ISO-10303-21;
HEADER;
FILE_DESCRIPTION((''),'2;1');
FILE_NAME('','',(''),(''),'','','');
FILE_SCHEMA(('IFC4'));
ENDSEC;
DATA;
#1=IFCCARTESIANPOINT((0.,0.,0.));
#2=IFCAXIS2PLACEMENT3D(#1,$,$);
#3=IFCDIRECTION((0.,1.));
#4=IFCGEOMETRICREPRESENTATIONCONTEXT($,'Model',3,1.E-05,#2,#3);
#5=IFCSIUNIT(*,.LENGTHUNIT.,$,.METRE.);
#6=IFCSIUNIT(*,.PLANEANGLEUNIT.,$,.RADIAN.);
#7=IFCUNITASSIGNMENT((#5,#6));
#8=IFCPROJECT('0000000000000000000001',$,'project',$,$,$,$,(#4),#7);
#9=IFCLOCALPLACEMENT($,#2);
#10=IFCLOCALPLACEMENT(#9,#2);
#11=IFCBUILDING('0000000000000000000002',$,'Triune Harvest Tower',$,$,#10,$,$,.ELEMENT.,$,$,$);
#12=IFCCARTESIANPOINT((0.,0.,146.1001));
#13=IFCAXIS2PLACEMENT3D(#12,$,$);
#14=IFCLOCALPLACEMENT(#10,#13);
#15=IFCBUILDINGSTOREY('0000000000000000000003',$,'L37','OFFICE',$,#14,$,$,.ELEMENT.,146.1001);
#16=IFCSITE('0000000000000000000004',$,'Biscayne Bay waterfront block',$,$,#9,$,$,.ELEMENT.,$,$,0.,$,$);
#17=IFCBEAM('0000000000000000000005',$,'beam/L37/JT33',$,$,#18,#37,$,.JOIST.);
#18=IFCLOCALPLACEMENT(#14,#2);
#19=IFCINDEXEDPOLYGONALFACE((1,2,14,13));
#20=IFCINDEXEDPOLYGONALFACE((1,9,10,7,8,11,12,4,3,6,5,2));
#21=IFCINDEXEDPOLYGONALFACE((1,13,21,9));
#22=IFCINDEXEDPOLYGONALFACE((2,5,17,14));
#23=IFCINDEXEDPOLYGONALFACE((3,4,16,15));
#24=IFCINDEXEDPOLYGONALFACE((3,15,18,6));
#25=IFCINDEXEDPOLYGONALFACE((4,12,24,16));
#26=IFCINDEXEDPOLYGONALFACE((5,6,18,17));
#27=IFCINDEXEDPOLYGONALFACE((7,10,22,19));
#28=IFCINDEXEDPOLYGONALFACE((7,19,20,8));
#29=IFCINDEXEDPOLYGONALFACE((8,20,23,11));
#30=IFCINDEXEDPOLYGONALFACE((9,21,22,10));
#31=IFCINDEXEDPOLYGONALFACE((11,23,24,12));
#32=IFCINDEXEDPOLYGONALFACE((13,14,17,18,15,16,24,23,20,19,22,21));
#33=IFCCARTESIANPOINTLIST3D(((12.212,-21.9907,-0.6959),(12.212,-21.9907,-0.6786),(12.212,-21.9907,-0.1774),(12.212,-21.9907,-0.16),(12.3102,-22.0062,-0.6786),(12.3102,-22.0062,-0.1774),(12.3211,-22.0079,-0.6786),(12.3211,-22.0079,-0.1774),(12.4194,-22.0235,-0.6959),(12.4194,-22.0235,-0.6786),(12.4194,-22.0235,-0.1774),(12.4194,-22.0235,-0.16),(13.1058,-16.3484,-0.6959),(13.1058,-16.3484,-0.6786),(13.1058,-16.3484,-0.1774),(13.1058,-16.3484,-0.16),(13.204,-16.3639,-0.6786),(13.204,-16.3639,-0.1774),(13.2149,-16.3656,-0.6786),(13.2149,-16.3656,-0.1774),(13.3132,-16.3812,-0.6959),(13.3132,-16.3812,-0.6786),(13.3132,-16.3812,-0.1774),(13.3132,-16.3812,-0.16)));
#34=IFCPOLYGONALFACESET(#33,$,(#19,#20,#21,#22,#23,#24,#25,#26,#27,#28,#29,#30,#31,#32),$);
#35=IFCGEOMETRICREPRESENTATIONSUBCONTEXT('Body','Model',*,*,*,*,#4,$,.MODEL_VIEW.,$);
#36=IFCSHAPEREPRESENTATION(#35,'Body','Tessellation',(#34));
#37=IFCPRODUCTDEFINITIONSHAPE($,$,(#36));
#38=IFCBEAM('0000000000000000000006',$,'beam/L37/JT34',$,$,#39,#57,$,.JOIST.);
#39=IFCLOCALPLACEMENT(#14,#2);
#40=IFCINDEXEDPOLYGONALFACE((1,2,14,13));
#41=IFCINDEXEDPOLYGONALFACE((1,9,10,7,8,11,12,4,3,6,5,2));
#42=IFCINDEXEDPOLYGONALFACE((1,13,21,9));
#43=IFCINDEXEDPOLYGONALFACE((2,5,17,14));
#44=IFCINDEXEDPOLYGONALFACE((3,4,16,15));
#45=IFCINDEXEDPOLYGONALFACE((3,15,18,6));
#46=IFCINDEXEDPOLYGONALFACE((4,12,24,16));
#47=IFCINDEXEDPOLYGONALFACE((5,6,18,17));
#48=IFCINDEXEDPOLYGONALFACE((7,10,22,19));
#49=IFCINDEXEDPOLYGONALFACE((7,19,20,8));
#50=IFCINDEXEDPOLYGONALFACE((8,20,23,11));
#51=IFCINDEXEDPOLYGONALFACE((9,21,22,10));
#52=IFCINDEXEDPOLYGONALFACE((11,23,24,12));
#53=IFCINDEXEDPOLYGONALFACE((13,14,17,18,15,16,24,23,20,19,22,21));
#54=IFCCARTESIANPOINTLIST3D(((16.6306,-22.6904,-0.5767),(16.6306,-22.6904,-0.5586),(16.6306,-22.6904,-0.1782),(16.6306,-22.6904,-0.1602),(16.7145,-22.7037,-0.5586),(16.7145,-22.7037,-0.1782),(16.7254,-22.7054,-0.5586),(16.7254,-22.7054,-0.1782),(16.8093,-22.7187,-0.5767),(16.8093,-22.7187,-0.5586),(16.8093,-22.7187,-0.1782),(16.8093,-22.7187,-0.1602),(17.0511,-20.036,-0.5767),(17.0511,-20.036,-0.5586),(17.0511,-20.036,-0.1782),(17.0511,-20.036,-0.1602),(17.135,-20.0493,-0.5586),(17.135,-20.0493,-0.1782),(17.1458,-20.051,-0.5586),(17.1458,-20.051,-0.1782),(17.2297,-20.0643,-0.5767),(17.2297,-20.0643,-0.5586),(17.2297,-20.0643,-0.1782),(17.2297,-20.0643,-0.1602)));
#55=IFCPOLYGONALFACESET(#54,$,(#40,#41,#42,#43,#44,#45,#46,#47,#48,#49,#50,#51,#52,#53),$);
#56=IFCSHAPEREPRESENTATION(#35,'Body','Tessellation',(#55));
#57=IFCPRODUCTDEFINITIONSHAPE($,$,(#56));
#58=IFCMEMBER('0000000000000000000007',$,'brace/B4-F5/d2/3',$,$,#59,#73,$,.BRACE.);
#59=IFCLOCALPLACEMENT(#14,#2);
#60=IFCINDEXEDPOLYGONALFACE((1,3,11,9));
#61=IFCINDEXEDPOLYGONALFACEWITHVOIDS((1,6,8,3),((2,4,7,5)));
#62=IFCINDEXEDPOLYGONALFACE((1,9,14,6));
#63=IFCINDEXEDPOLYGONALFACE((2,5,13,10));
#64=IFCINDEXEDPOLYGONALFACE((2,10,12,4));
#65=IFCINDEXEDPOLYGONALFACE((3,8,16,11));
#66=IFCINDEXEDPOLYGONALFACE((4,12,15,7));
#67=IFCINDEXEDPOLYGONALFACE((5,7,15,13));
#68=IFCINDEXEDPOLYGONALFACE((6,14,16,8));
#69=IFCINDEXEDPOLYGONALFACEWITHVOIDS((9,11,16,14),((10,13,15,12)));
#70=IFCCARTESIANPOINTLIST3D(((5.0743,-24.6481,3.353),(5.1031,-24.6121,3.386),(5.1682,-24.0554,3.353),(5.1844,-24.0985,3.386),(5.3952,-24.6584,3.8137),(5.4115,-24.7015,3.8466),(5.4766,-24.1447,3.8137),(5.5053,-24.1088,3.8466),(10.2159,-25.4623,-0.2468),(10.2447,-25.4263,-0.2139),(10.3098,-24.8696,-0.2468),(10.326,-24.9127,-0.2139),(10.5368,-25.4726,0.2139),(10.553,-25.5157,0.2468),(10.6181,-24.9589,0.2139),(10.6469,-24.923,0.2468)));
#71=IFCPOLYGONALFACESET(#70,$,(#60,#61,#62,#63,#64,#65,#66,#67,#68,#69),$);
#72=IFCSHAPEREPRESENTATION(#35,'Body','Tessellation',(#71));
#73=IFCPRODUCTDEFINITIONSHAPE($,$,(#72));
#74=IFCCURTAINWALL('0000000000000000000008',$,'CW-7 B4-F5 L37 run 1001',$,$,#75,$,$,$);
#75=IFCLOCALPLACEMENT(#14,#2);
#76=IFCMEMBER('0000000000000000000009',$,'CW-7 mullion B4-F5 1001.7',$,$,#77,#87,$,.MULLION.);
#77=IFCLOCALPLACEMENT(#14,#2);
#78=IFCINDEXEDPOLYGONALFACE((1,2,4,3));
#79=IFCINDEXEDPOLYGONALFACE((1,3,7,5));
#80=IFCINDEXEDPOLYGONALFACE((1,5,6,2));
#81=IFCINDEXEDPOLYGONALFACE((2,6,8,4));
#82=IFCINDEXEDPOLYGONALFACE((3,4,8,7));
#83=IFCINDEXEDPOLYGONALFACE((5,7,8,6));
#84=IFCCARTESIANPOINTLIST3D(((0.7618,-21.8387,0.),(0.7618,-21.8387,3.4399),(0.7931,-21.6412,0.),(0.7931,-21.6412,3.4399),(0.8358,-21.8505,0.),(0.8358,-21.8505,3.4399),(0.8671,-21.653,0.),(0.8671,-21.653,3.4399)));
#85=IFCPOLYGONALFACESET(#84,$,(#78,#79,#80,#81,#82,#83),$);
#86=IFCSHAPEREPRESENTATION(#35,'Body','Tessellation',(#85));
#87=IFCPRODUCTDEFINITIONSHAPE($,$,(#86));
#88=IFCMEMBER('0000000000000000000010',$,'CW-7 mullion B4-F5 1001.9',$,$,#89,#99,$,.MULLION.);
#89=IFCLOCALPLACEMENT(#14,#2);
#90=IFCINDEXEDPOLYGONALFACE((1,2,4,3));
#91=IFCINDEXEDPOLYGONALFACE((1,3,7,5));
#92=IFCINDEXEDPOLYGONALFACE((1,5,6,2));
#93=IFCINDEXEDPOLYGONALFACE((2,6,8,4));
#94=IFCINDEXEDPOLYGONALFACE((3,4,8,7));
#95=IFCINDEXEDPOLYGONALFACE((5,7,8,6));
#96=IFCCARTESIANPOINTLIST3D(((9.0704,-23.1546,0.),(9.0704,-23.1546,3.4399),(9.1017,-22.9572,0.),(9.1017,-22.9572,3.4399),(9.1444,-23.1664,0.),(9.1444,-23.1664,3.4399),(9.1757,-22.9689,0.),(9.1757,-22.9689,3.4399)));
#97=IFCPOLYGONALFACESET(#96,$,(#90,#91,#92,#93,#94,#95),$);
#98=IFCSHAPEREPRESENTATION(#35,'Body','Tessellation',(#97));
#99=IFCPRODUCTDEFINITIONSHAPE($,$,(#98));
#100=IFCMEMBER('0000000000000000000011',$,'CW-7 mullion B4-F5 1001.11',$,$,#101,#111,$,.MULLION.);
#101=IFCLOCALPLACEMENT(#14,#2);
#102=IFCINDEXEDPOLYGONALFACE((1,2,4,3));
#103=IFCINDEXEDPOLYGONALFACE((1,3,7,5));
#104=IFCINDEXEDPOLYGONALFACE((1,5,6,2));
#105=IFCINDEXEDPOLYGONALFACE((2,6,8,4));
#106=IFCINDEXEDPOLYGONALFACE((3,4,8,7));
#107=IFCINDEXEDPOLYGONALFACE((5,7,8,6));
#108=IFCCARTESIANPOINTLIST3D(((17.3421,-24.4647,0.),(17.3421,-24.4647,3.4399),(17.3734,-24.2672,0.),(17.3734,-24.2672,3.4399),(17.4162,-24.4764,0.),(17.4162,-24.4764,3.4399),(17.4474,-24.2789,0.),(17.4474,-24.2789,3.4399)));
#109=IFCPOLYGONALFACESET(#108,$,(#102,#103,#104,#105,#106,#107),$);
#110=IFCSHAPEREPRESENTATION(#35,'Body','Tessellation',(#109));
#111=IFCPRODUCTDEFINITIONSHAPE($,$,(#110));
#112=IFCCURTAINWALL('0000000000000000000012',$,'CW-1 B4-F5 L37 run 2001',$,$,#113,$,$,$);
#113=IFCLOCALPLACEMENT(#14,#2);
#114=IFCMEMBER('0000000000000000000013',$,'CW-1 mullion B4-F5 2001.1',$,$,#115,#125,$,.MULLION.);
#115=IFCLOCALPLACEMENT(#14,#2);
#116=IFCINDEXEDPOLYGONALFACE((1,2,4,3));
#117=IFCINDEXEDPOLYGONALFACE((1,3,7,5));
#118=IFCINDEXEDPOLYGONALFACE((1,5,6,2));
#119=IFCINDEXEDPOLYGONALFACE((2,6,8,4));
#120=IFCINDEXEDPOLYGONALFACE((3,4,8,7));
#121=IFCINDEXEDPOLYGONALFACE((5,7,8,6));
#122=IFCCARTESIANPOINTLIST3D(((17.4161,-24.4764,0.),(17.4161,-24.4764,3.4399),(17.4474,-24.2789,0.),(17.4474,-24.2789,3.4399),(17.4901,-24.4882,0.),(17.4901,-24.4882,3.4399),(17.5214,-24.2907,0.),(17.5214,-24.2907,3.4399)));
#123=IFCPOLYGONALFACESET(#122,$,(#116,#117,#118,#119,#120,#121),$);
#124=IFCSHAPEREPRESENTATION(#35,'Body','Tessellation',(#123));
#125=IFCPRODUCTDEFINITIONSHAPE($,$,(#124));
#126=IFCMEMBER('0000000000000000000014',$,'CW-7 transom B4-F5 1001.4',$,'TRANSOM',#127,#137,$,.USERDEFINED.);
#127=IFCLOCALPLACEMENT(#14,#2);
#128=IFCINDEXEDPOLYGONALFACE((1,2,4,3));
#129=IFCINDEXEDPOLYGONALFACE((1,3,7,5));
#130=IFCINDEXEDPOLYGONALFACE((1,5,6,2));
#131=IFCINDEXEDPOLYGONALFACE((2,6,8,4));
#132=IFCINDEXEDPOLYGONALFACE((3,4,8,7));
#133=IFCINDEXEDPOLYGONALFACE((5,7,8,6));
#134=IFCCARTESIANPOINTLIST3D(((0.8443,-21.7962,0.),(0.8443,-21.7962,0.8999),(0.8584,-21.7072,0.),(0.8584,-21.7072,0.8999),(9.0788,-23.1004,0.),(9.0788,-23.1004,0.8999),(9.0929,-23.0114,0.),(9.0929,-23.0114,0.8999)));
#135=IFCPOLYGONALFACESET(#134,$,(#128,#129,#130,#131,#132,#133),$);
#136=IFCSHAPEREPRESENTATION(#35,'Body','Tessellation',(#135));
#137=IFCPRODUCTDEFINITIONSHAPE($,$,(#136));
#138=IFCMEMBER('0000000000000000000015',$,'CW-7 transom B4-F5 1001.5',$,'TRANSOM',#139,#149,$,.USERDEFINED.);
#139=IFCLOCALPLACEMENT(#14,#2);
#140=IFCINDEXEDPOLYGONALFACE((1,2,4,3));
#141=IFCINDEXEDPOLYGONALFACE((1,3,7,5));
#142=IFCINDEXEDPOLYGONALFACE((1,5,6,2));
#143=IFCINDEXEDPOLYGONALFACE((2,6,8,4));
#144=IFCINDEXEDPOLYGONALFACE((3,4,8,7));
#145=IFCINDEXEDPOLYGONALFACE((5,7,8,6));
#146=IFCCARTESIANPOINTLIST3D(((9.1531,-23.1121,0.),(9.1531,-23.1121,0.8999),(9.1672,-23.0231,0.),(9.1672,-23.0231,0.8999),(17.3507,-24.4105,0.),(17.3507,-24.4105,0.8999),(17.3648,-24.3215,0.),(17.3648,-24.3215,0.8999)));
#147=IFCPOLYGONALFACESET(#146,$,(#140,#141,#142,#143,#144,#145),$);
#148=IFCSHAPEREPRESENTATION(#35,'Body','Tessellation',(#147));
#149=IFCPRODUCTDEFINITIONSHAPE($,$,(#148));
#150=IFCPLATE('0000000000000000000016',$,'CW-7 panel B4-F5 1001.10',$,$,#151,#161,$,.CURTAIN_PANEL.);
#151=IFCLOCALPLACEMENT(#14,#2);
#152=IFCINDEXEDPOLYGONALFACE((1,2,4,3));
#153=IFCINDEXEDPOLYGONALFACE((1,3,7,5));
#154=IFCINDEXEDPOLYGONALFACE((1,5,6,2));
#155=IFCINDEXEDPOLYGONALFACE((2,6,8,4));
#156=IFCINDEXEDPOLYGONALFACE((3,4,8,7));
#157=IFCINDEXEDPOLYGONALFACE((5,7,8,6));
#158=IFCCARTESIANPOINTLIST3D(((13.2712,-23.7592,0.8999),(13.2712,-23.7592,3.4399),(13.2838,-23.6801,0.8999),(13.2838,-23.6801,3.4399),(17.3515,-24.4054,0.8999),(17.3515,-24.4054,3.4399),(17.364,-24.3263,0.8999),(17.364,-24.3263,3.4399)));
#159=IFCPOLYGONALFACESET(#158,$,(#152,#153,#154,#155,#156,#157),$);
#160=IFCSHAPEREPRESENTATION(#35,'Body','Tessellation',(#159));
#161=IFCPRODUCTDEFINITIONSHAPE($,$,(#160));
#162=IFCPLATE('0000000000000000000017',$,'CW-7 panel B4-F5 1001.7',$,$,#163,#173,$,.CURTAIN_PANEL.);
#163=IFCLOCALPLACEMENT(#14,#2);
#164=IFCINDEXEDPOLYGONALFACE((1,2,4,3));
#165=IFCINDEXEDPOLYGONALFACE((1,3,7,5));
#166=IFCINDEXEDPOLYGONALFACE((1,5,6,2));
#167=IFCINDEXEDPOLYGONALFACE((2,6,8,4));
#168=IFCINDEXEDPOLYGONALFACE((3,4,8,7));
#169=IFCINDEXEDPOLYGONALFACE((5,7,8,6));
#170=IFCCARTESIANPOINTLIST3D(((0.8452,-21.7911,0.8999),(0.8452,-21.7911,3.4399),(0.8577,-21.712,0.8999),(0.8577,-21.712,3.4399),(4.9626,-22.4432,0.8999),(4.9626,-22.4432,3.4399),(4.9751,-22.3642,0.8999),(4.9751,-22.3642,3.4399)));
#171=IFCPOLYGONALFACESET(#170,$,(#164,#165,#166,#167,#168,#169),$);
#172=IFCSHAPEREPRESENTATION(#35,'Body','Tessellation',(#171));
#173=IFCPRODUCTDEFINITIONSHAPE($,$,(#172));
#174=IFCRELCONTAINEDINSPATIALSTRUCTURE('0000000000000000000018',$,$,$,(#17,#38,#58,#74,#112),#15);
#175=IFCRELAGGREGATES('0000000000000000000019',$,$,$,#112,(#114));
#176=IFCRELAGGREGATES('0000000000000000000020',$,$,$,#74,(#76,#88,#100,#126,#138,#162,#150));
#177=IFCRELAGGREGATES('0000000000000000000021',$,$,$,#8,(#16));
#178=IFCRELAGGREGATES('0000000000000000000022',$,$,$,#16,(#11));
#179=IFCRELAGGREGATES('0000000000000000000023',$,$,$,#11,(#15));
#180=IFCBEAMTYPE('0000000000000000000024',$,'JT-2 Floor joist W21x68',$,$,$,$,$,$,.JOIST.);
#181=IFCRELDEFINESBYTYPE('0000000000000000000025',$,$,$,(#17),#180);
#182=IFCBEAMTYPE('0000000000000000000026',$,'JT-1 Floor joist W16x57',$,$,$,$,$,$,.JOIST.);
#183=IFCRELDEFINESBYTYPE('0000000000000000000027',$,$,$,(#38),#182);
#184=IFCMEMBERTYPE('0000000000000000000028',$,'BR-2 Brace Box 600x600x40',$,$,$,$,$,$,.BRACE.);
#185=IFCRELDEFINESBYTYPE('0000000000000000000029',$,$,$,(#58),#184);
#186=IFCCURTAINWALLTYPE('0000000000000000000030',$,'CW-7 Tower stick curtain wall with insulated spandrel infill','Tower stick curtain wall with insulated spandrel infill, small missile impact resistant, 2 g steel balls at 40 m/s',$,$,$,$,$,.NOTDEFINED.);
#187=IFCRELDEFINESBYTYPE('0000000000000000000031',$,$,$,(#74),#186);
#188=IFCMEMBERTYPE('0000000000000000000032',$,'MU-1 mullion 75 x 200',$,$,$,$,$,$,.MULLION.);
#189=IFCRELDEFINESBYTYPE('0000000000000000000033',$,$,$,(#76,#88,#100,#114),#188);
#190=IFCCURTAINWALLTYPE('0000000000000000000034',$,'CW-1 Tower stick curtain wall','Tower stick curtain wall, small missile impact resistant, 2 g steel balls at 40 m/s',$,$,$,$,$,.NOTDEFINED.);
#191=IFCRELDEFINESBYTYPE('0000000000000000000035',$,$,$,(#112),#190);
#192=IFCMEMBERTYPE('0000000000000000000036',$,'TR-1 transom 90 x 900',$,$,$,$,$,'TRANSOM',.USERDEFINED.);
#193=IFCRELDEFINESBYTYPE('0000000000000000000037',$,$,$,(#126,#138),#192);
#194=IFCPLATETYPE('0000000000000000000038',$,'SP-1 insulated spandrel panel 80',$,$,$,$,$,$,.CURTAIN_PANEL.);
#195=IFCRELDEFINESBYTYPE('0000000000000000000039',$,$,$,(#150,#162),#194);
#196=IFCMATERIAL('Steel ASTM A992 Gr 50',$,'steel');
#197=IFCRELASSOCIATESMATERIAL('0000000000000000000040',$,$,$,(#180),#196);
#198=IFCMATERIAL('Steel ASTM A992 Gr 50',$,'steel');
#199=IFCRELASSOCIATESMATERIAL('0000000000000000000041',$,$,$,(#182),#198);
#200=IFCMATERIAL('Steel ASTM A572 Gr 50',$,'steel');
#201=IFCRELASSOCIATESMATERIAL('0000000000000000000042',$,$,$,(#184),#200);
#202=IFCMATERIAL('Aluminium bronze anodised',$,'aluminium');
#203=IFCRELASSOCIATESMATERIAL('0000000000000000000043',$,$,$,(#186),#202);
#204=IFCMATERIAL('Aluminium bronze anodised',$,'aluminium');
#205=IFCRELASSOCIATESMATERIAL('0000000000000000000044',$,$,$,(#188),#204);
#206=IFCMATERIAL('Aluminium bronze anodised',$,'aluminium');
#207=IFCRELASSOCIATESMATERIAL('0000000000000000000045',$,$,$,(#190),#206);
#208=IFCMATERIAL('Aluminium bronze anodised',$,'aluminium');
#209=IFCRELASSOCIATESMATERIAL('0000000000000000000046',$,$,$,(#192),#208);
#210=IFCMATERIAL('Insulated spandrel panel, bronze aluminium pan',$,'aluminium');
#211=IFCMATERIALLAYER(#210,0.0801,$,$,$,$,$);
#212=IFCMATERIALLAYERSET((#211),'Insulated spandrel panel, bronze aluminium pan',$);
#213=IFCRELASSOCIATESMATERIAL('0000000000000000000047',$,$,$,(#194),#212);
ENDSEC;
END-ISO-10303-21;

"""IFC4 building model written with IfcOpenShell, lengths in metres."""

from ifc_helpers import new_model, si_unit, direction, frame, origin, origin_2d, place, context, subcontext, project, spatial, rectangle, hollow_rectangle, i_section, extrude, source, transform, mapped, material, layer, layer_set, material_profile, profile_set, type_object, element, aggregate, save


model = new_model("IFC4")

# Units and contexts
model_context = context("Model", 3, precision=1e-05, world=origin(), true_north=direction((0.0, 1.0)))
body_context = subcontext(model_context, "Body", "Model", "MODEL_VIEW")
ifc_project = project(units=[si_unit("LENGTHUNIT", "METRE"), si_unit("PLANEANGLEUNIT", "RADIAN")], contexts=[model_context])

# Site, building, storey
site_placement = place(None, origin())
site = spatial("IfcSite", under=ifc_project, at=site_placement, Name="Biscayne Bay waterfront block", CompositionType="ELEMENT", RefElevation=0.0)
building_placement = place(site_placement, origin())
building = spatial("IfcBuilding", under=site, at=building_placement, Name="Triune Harvest Tower", CompositionType="ELEMENT")
storey_placement = place(building_placement, frame((0.0, 0.0, 146.1001)))
storey = spatial("IfcBuildingStorey", under=building, at=storey_placement, Name="L37", Description="OFFICE", CompositionType="ELEMENT", Elevation=146.1001)

# Beams
ifc_material_1 = material(Name="Steel ASTM A992 Gr 50", Category="steel")
ifc_material_profile_1 = material_profile(ifc_material_1, i_section(OverallWidth=0.21, OverallDepth=0.5359, WebThickness=0.011, FlangeThickness=0.0173, at=origin_2d()), Name="W21x68")
ifc_profile_set_1 = profile_set([ifc_material_profile_1], Name="Steel ASTM A992 Gr 50")
beam_type_1 = type_object("IfcBeamType", Name="JT-2 Floor joist W21x68", PredefinedType="JOIST", material=ifc_profile_set_1)
shared_shape_1 = source(origin(), body_context, "Body", "SweptSolid", [
    extrude(i_section(OverallWidth=0.21, OverallDepth=0.5359, WebThickness=0.011, FlangeThickness=0.0173, at=origin_2d()), origin(), (0.0, 0.0, 1.0), 5.7126),
])
beam_1_placement = place(storey_placement, frame((12.3157, -22.0071, -0.428), z_axis=(0.156459, 0.987685, 0.0), x_axis=(-0.987685, 0.156459, 0.0)))
element("IfcBeam", 1, at=beam_1_placement, inside=storey, type_object=beam_type_1, Name="beam/L37/JT33", PredefinedType="JOIST", context=body_context, shape_type="MappedRepresentation", body=[
    mapped(shared_shape_1, transform((0.0, 0.0, 0.0), scale=1.0)),
])
ifc_material_2 = material(Name="Steel ASTM A992 Gr 50", Category="steel")
ifc_material_profile_2 = material_profile(ifc_material_2, i_section(OverallWidth=0.1809, OverallDepth=0.4165, WebThickness=0.011, FlangeThickness=0.0181, at=origin_2d()), Name="W16x57")
ifc_profile_set_2 = profile_set([ifc_material_profile_2], Name="Steel ASTM A992 Gr 50")
beam_type_2 = type_object("IfcBeamType", Name="JT-1 Floor joist W16x57", PredefinedType="JOIST", material=ifc_profile_set_2)
shared_shape_2 = source(origin(), body_context, "Body", "SweptSolid", [
    extrude(i_section(OverallWidth=0.1809, OverallDepth=0.4165, WebThickness=0.011, FlangeThickness=0.0181, at=origin_2d()), origin(), (0.0, 0.0, 1.0), 2.6875),
])
beam_2_placement = place(storey_placement, frame((16.72, -22.7046, -0.3684), z_axis=(0.156438, 0.987688, 0.0), x_axis=(-0.987688, 0.156438, 0.0)))
element("IfcBeam", 2, at=beam_2_placement, inside=storey, type_object=beam_type_2, Name="beam/L37/JT34", PredefinedType="JOIST", context=body_context, shape_type="MappedRepresentation", body=[
    mapped(shared_shape_2, transform((0.0, 0.0, 0.0), scale=1.0)),
])

# Member
ifc_material_3 = material(Name="Steel ASTM A572 Gr 50", Category="steel")
ifc_material_profile_3 = material_profile(ifc_material_3, hollow_rectangle(XDim=0.6001, YDim=0.6001, WallThickness=0.04, at=origin_2d()), Name="Box 600x600x40")
ifc_profile_set_3 = profile_set([ifc_material_profile_3], Name="Steel ASTM A572 Gr 50")
member_type_1 = type_object("IfcMemberType", Name="BR-2 Brace Box 600x600x40", PredefinedType="BRACE", material=ifc_profile_set_3)
shared_shape_3 = source(origin(), body_context, "Body", "SweptSolid", [
    extrude(hollow_rectangle(XDim=0.6001, YDim=0.6001, WallThickness=0.04, at=origin_2d()), origin(), (0.0, 0.0, 1.0), 6.3291),
])
member_1_placement = place(storey_placement, frame((10.4314, -25.1926, 0.0), z_axis=(-0.81237, 0.128645, 0.568775), x_axis=(-0.156408, -0.987693, 0.0)))
element("IfcMember", 3, at=member_1_placement, inside=storey, type_object=member_type_1, Name="brace/B4-F5/d2/3", PredefinedType="BRACE", context=body_context, shape_type="MappedRepresentation", body=[
    mapped(shared_shape_3, transform((0.0, 0.0, 0.0), scale=1.0)),
])

# Curtain wall, members
ifc_material_4 = material(Name="Aluminium bronze anodised", Category="aluminium")
curtain_wall_type_1 = type_object("IfcCurtainWallType", Name="CW-7 Tower stick curtain wall with insulated spandrel infill", Description="Tower stick curtain wall with insulated spandrel infill, small missile impact resistant, 2 g steel balls at 40 m/s", PredefinedType="NOTDEFINED", material=ifc_material_4)
curtain_wall_1_placement = place(storey_placement, origin())
curtain_wall_1 = element("IfcCurtainWall", 4, at=curtain_wall_1_placement, inside=storey, type_object=curtain_wall_type_1, Name="CW-7 B4-F5 L37 run 1001")
ifc_material_5 = material(Name="Aluminium bronze anodised", Category="aluminium")
ifc_material_profile_4 = material_profile(ifc_material_5, rectangle(XDim=0.2, YDim=0.075, at=origin_2d()), Name="MU-1 mullion 75 x 200")
ifc_profile_set_4 = profile_set([ifc_material_profile_4], Name="Aluminium bronze anodised")
member_type_2 = type_object("IfcMemberType", Name="MU-1 mullion 75 x 200", PredefinedType="MULLION", material=ifc_profile_set_4)
shared_shape_4 = source(origin(), body_context, "Body", "SweptSolid", [
    extrude(rectangle(XDim=0.2, YDim=0.075, at=origin_2d()), origin(), (0.0, 0.0, 1.0), 3.4399),
])
member_2_placement = place(storey_placement, frame((0.8145, -21.7458, 0.0), z_axis=(0.0, 0.0, 1.0), x_axis=(0.156433, 0.987689, 0.0)))
member_2 = element("IfcMember", 5, at=member_2_placement, type_object=member_type_2, Name="CW-7 mullion B4-F5 1001.7", PredefinedType="MULLION", context=body_context, shape_type="MappedRepresentation", body=[
    mapped(shared_shape_4, transform((0.0, 0.0, 0.0), scale=1.0)),
])
member_3_placement = place(storey_placement, frame((9.123, -23.0618, 0.0), z_axis=(0.0, 0.0, 1.0), x_axis=(0.156433, 0.987689, 0.0)))
member_3 = element("IfcMember", 6, at=member_3_placement, type_object=member_type_2, Name="CW-7 mullion B4-F5 1001.9", PredefinedType="MULLION", context=body_context, shape_type="MappedRepresentation", body=[
    mapped(shared_shape_4, transform((0.0, 0.0, 0.0), scale=1.0)),
])
member_4_placement = place(storey_placement, frame((17.3948, -24.3718, 0.0), z_axis=(0.0, 0.0, 1.0), x_axis=(0.156433, 0.987689, 0.0)))
member_4 = element("IfcMember", 7, at=member_4_placement, type_object=member_type_2, Name="CW-7 mullion B4-F5 1001.11", PredefinedType="MULLION", context=body_context, shape_type="MappedRepresentation", body=[
    mapped(shared_shape_4, transform((0.0, 0.0, 0.0), scale=1.0)),
])

# Curtain wall, member
ifc_material_6 = material(Name="Aluminium bronze anodised", Category="aluminium")
curtain_wall_type_2 = type_object("IfcCurtainWallType", Name="CW-1 Tower stick curtain wall", Description="Tower stick curtain wall, small missile impact resistant, 2 g steel balls at 40 m/s", PredefinedType="NOTDEFINED", material=ifc_material_6)
curtain_wall_2_placement = place(storey_placement, origin())
curtain_wall_2 = element("IfcCurtainWall", 8, at=curtain_wall_2_placement, inside=storey, type_object=curtain_wall_type_2, Name="CW-1 B4-F5 L37 run 2001")
member_5_placement = place(storey_placement, frame((17.4688, -24.3835, 0.0), z_axis=(0.0, 0.0, 1.0), x_axis=(0.156444, 0.987687, 0.0)))
member_5 = element("IfcMember", 9, at=member_5_placement, type_object=member_type_2, Name="CW-1 mullion B4-F5 2001.1", PredefinedType="MULLION", context=body_context, shape_type="MappedRepresentation", body=[
    mapped(shared_shape_4, transform((0.0, 0.0, 0.0), scale=1.0)),
])
aggregate(curtain_wall_2, [member_5])

# Members
ifc_material_7 = material(Name="Aluminium bronze anodised", Category="aluminium")
ifc_material_profile_5 = material_profile(ifc_material_7, rectangle(XDim=0.0901, YDim=0.8999, at=origin_2d()), Name="TR-1 transom 90 x 900")
ifc_profile_set_5 = profile_set([ifc_material_profile_5], Name="Aluminium bronze anodised")
member_type_3 = type_object("IfcMemberType", Name="TR-1 transom 90 x 900", ElementType="TRANSOM", PredefinedType="USERDEFINED", material=ifc_profile_set_5)
shared_shape_5 = source(origin(), body_context, "Body", "SweptSolid", [
    extrude(rectangle(XDim=0.0901, YDim=0.8999, at=origin_2d()), origin(), (0.0, 0.0, 1.0), 8.3372),
])
member_6_placement = place(storey_placement, frame((0.8513, -21.7517, 0.45), z_axis=(0.987689, -0.15643, 0.0), x_axis=(0.15643, 0.987689, 0.0)))
member_6 = element("IfcMember", 10, at=member_6_placement, type_object=member_type_3, Name="CW-7 transom B4-F5 1001.4", ObjectType="TRANSOM", PredefinedType="USERDEFINED", context=body_context, shape_type="MappedRepresentation", body=[
    mapped(shared_shape_5, transform((0.0, 0.0, 0.0), scale=1.0)),
])
shared_shape_6 = source(origin(), body_context, "Body", "SweptSolid", [
    extrude(rectangle(XDim=0.0901, YDim=0.8999, at=origin_2d()), origin(), (0.0, 0.0, 1.0), 8.2998),
])
member_7_placement = place(storey_placement, frame((9.1602, -23.0676, 0.45), z_axis=(0.987689, -0.156432, 0.0), x_axis=(0.156432, 0.987689, 0.0)))
member_7 = element("IfcMember", 11, at=member_7_placement, type_object=member_type_3, Name="CW-7 transom B4-F5 1001.5", ObjectType="TRANSOM", PredefinedType="USERDEFINED", context=body_context, shape_type="MappedRepresentation", body=[
    mapped(shared_shape_6, transform((0.0, 0.0, 0.0), scale=1.0)),
])

# Plates
ifc_material_8 = material(Name="Insulated spandrel panel, bronze aluminium pan", Category="aluminium")
ifc_layer = layer(ifc_material_8, 0.0801)
ifc_layer_set = layer_set([ifc_layer], Name="Insulated spandrel panel, bronze aluminium pan")
plate_type = type_object("IfcPlateType", Name="SP-1 insulated spandrel panel 80", PredefinedType="CURTAIN_PANEL", material=ifc_layer_set)
shared_shape_7 = source(origin(), body_context, "Body", "SweptSolid", [
    extrude(rectangle(XDim=4.1311, YDim=0.0801, at=origin_2d()), origin(), (0.0, 0.0, 1.0), 2.54),
])
plate_1_placement = place(storey_placement, frame((15.3176, -24.0427, 0.8999), z_axis=(0.0, 0.0, 1.0), x_axis=(0.987689, -0.156433, 0.0)))
plate_1 = element("IfcPlate", 12, at=plate_1_placement, type_object=plate_type, Name="CW-7 panel B4-F5 1001.10", PredefinedType="CURTAIN_PANEL", context=body_context, shape_type="MappedRepresentation", body=[
    mapped(shared_shape_7, transform((0.0, 0.0, 0.0), scale=1.0)),
])
shared_shape_8 = source(origin(), body_context, "Body", "SweptSolid", [
    extrude(rectangle(XDim=4.1687, YDim=0.0801, at=origin_2d()), origin(), (0.0, 0.0, 1.0), 2.54),
])
plate_2_placement = place(storey_placement, frame((2.9102, -22.0776, 0.8999), z_axis=(0.0, 0.0, 1.0), x_axis=(0.987689, -0.156433, 0.0)))
plate_2 = element("IfcPlate", 13, at=plate_2_placement, type_object=plate_type, Name="CW-7 panel B4-F5 1001.7", PredefinedType="CURTAIN_PANEL", context=body_context, shape_type="MappedRepresentation", body=[
    mapped(shared_shape_8, transform((0.0, 0.0, 0.0), scale=1.0)),
])
aggregate(curtain_wall_1, [member_2, member_3, member_4, member_6, member_7, plate_2, plate_1])

save(model, "model.ifc")
